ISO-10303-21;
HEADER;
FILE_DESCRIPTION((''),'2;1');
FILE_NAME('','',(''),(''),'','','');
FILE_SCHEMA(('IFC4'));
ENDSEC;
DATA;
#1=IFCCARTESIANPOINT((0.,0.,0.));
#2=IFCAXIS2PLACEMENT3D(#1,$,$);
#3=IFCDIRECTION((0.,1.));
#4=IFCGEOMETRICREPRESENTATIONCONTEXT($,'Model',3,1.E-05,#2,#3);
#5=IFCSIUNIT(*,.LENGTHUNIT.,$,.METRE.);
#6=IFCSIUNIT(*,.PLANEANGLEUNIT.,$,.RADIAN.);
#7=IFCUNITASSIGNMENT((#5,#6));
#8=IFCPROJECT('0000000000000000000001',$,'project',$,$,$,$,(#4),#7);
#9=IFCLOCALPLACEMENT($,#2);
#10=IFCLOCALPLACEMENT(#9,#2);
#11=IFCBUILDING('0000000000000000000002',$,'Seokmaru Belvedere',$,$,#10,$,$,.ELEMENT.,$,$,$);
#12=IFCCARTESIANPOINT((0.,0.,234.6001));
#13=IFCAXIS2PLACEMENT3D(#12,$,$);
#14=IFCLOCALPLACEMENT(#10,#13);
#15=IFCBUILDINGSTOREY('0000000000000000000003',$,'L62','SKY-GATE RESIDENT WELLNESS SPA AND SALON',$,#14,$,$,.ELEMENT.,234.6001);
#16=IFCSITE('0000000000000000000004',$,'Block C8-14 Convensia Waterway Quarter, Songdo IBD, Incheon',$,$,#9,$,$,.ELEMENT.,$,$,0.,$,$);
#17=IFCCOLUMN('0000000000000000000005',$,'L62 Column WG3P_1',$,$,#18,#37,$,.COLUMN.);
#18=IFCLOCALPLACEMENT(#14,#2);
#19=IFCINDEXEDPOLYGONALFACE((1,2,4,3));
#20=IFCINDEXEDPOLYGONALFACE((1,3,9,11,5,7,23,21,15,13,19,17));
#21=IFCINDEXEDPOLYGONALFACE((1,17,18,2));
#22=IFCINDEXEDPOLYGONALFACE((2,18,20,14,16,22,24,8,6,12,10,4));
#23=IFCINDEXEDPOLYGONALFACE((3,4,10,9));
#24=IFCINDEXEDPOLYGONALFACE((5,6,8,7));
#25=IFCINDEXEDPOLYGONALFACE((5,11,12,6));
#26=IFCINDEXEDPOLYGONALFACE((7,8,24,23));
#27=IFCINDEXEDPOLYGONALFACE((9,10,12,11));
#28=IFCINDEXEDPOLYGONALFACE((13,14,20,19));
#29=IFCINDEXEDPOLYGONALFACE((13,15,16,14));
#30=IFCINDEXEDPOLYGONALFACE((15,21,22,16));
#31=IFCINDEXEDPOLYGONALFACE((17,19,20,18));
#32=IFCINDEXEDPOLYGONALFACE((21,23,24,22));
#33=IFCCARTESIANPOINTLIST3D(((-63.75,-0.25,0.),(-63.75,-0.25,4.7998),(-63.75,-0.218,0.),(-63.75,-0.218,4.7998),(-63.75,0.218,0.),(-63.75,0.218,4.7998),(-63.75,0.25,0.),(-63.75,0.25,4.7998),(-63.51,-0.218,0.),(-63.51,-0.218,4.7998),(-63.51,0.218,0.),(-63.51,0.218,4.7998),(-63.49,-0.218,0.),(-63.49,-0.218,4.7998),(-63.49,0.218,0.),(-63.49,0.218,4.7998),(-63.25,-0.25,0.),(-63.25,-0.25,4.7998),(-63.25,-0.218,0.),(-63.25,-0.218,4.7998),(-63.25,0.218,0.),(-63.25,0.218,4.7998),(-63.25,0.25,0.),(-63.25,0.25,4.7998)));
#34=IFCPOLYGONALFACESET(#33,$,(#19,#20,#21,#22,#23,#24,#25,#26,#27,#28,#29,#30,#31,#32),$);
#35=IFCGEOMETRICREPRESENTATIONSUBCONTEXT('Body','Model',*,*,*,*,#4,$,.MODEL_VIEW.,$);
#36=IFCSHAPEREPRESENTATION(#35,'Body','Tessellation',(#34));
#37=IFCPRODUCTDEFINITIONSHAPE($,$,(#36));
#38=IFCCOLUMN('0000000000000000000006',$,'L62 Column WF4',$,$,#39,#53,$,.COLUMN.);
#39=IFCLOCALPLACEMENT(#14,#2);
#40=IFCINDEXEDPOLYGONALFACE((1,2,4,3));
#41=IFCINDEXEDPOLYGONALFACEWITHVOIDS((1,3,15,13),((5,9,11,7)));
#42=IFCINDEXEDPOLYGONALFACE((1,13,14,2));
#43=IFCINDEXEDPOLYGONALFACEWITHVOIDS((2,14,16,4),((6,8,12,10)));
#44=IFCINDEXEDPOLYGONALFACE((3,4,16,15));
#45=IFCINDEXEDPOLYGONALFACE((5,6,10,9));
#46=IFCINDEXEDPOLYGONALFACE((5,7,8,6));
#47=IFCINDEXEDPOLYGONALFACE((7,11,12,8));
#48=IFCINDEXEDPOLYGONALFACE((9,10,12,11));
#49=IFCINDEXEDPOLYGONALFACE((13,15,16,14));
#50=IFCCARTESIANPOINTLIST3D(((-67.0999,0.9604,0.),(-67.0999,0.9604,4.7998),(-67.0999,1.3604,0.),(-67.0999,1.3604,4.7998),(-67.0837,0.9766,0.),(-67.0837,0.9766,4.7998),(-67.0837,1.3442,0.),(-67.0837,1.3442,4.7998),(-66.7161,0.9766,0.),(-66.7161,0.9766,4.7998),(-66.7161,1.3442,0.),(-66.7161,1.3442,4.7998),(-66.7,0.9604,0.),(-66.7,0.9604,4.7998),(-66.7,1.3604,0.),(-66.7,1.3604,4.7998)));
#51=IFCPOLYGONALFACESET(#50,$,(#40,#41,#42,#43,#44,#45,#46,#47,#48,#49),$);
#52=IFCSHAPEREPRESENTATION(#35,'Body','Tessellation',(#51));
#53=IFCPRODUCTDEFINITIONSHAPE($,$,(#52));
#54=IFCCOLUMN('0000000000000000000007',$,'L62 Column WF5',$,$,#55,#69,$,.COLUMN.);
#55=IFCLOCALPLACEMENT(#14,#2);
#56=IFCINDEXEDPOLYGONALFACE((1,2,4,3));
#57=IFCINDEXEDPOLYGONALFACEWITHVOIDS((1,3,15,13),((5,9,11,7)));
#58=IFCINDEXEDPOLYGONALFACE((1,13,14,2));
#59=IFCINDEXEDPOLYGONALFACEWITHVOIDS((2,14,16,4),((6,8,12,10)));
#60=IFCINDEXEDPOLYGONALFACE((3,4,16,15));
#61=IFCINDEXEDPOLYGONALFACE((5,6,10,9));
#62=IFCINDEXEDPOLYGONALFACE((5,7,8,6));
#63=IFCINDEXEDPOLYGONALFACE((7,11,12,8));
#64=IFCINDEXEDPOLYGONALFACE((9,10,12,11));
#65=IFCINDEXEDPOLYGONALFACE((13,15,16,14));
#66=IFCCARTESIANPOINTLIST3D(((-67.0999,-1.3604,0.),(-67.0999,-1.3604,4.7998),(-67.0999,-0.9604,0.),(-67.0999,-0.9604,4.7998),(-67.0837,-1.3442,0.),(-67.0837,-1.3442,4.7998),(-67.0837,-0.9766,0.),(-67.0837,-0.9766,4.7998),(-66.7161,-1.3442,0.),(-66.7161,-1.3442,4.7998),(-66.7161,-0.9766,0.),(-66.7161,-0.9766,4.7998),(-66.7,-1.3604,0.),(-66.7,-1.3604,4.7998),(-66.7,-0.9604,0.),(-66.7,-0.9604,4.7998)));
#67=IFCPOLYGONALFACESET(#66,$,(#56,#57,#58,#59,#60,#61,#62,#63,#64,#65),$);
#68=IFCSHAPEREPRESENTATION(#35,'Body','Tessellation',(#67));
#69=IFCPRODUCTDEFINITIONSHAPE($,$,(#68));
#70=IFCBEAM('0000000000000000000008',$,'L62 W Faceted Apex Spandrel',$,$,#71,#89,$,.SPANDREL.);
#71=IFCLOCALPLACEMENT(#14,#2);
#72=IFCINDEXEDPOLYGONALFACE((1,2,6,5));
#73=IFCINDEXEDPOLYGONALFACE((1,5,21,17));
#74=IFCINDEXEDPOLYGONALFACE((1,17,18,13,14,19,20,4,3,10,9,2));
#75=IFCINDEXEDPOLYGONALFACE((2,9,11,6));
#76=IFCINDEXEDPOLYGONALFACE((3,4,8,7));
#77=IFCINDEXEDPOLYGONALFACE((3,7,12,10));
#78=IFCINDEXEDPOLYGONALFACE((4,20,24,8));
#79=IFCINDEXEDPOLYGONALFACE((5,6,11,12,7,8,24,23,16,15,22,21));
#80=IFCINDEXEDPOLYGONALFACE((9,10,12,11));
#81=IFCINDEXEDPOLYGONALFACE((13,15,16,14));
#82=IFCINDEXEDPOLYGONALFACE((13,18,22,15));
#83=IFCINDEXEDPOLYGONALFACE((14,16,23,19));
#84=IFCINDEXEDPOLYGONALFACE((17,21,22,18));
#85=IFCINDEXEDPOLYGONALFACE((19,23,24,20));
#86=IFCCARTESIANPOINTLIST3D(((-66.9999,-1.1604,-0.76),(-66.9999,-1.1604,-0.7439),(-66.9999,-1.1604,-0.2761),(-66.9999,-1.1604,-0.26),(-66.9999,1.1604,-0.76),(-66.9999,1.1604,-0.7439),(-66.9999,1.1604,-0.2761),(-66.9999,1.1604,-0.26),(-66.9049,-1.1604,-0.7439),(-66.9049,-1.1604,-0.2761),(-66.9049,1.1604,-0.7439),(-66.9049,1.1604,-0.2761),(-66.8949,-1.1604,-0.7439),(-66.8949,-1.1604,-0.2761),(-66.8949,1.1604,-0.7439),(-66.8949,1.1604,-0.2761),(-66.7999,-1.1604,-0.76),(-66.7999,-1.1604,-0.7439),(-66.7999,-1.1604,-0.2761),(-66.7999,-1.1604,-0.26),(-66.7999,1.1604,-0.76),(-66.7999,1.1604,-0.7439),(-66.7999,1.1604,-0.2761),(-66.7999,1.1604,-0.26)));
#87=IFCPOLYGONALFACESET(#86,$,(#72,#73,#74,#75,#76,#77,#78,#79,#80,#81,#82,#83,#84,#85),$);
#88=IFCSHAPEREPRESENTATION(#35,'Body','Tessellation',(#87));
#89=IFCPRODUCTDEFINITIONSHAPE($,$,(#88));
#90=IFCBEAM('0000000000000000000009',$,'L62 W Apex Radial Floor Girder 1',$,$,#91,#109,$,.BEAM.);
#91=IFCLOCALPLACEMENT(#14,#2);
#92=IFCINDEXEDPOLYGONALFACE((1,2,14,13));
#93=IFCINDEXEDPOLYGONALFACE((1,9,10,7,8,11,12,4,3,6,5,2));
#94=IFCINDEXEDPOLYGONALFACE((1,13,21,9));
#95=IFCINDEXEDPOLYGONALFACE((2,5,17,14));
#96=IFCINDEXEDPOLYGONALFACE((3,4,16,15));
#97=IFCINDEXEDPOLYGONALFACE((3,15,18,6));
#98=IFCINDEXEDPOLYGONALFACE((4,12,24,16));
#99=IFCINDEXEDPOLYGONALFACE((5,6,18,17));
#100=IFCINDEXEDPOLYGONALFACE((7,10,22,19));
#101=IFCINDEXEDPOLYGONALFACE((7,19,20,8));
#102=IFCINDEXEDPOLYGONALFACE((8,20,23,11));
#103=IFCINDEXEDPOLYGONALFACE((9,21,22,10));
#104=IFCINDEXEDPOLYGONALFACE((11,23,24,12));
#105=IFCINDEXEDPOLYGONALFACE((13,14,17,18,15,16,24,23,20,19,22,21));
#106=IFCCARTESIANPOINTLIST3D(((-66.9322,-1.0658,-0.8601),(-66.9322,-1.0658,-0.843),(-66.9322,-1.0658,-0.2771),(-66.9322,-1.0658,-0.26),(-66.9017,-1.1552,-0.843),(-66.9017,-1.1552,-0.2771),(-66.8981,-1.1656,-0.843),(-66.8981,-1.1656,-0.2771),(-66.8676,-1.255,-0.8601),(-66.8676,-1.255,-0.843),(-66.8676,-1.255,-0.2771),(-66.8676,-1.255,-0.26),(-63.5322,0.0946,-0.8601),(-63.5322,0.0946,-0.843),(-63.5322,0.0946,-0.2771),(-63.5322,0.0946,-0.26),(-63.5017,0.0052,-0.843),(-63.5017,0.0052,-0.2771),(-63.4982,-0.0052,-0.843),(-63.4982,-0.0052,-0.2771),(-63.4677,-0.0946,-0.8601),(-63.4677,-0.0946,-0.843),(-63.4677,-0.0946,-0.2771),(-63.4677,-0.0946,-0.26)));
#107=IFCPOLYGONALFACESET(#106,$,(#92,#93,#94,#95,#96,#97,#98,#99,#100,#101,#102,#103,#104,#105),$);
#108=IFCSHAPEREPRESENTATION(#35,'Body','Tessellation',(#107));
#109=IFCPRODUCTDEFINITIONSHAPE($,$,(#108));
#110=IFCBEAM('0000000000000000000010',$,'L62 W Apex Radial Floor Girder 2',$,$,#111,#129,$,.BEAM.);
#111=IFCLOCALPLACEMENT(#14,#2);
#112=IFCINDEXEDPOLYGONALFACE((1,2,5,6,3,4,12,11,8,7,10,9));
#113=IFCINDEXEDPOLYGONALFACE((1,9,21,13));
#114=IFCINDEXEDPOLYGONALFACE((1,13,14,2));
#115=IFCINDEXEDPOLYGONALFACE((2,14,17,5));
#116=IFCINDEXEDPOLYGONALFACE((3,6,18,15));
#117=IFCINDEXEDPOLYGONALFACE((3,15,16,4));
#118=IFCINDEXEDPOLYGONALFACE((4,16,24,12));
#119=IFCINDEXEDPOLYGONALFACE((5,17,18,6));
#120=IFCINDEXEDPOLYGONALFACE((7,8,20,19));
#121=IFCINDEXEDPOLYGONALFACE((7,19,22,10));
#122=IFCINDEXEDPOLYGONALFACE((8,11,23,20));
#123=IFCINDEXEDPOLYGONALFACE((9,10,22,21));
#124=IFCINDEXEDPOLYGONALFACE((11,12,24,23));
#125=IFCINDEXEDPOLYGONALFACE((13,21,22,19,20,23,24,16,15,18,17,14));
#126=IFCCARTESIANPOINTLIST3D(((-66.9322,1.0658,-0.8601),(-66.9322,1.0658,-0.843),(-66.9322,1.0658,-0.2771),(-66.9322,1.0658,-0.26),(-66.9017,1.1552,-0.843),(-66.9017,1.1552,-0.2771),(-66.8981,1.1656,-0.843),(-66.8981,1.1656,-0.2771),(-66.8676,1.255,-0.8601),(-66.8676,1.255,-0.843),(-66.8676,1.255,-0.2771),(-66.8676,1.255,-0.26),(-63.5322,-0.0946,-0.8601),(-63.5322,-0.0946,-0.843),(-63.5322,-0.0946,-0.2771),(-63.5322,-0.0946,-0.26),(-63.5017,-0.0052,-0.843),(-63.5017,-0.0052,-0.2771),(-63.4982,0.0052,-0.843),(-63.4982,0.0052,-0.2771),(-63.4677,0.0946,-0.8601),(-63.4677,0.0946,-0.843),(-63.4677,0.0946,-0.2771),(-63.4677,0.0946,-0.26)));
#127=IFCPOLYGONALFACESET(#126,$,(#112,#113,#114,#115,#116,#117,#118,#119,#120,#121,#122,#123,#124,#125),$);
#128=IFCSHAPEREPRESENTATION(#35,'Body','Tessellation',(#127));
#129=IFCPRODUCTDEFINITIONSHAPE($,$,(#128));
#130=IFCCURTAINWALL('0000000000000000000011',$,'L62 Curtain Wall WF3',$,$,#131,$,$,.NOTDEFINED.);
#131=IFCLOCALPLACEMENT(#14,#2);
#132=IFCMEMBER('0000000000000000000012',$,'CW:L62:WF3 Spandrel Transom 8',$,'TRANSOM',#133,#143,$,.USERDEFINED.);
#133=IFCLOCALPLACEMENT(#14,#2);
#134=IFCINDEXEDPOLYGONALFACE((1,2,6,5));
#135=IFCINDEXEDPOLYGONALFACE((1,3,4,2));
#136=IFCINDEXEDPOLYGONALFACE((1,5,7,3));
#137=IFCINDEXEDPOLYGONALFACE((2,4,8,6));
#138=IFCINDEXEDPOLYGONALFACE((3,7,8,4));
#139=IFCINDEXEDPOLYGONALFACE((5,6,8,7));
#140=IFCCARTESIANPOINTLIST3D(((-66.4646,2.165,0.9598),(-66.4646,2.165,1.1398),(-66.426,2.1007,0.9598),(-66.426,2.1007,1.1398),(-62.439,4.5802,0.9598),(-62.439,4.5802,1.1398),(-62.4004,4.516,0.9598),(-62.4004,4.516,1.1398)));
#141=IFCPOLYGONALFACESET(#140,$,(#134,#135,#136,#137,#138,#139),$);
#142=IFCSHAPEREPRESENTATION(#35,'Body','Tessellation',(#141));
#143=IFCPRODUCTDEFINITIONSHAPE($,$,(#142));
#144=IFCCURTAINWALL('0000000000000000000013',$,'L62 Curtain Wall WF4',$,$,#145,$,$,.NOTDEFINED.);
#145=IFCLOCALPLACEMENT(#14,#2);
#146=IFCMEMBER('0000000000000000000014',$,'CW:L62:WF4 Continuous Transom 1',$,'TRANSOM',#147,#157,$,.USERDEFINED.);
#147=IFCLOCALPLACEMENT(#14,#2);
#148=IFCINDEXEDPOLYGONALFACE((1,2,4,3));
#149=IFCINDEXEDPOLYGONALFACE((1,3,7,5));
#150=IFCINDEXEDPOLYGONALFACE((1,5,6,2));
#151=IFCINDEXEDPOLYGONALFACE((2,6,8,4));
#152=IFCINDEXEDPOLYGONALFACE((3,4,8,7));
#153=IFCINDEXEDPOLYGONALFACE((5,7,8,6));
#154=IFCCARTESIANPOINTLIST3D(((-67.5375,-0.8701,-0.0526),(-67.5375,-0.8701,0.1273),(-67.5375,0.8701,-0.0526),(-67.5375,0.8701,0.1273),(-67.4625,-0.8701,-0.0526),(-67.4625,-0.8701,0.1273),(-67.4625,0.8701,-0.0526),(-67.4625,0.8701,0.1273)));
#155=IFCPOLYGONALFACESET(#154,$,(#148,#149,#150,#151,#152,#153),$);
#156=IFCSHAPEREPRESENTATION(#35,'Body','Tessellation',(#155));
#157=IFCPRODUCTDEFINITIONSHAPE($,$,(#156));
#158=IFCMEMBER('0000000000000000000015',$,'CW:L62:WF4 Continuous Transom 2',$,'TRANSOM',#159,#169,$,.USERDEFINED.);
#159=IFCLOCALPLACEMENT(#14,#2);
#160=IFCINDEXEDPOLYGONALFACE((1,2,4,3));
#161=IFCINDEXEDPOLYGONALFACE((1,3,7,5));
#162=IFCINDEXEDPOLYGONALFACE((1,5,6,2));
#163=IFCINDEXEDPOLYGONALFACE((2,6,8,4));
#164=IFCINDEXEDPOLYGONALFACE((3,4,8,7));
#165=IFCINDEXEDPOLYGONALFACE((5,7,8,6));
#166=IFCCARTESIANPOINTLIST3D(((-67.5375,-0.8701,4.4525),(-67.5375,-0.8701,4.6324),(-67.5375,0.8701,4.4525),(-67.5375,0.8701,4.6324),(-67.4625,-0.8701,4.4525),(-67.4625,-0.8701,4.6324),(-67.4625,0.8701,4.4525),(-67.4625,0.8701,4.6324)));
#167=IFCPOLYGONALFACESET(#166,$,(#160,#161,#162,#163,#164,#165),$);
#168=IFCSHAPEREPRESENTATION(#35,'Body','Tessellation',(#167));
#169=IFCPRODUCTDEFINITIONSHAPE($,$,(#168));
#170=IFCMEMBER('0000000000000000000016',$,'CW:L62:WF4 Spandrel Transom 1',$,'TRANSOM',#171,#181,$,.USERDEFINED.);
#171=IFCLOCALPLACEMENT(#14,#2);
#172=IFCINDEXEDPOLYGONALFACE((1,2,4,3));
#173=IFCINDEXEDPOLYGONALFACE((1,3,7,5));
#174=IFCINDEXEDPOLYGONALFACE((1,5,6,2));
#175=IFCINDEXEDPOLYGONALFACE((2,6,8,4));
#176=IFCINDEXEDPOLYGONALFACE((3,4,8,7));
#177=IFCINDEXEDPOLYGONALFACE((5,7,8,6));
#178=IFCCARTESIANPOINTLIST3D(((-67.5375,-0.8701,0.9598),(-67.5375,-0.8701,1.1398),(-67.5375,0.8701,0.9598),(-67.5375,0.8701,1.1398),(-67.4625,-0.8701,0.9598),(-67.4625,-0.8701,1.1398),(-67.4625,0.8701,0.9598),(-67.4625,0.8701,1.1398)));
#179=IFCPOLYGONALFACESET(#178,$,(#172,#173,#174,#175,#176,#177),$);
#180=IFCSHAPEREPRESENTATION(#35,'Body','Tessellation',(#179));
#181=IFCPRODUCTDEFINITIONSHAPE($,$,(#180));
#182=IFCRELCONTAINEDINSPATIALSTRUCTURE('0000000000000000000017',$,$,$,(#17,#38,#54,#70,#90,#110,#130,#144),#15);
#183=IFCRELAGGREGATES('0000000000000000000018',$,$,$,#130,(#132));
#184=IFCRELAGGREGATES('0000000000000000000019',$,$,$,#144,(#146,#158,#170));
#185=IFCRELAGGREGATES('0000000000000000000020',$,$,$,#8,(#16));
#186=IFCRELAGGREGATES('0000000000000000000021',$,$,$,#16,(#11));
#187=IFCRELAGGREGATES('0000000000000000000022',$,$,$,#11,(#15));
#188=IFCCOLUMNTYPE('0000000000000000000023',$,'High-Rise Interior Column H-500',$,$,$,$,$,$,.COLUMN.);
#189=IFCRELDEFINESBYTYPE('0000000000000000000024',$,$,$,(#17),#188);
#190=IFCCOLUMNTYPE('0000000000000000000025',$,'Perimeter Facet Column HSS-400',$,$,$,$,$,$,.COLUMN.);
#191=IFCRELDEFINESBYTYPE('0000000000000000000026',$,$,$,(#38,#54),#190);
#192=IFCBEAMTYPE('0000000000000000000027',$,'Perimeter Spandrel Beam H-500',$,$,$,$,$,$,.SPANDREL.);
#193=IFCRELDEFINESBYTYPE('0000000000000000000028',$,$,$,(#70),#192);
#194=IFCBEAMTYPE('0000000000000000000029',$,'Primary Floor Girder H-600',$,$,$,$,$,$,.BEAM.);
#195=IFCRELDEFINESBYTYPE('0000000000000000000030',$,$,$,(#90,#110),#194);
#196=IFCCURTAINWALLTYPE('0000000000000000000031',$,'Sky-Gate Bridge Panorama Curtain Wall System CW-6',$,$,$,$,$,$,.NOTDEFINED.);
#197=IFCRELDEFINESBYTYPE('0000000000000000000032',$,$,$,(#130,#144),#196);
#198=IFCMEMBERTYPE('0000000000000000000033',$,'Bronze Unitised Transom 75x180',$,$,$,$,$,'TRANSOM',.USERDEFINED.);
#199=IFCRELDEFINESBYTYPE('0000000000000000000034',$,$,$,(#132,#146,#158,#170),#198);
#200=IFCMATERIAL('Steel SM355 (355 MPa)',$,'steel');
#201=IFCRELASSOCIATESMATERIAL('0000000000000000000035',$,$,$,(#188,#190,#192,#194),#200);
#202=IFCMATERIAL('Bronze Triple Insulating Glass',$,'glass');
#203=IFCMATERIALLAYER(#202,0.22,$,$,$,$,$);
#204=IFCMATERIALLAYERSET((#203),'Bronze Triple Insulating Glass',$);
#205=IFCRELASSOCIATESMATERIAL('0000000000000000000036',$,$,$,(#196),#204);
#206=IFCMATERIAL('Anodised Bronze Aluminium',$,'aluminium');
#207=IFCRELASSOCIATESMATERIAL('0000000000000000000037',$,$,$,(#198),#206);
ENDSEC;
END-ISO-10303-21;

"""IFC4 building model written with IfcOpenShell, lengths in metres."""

from ifc_helpers import new_model, si_unit, direction, frame, origin, origin_2d, place, context, subcontext, project, spatial, rectangle, hollow_rectangle, i_section, extrude, source, transform, mapped, material, layer, layer_set, material_profile, profile_set, type_object, type_shapes, element, aggregate, save


model = new_model("IFC4")

# Units and contexts
model_context = context("Model", 3, precision=1e-05, world=origin(), true_north=direction((0.0, 1.0)))
body_context = subcontext(model_context, "Body", "Model", "MODEL_VIEW")
ifc_project = project(units=[si_unit("LENGTHUNIT", "METRE"), si_unit("PLANEANGLEUNIT", "RADIAN")], contexts=[model_context])

# Site, building, storey
site_placement = place(None, origin())
site = spatial("IfcSite", under=ifc_project, at=site_placement, Name="Block C8-14 Convensia Waterway Quarter, Songdo IBD, Incheon", CompositionType="ELEMENT", RefElevation=0.0)
building_placement = place(site_placement, origin())
building = spatial("IfcBuilding", under=site, at=building_placement, Name="Seokmaru Belvedere", CompositionType="ELEMENT")
storey_placement = place(building_placement, frame((0.0, 0.0, 234.6001)))
storey = spatial("IfcBuildingStorey", under=building, at=storey_placement, Name="L62", Description="SKY-GATE RESIDENT WELLNESS SPA AND SALON", CompositionType="ELEMENT", Elevation=234.6001)

# Columns
ifc_material_1 = material(Name="Steel SM355 (355 MPa)", Category="steel")
ifc_material_profile_1 = material_profile(ifc_material_1, i_section(OverallWidth=0.5, OverallDepth=0.5, WebThickness=0.02, FlangeThickness=0.032, at=origin_2d()), Name="H-500x500x20x32")
ifc_profile_set_1 = profile_set([ifc_material_profile_1], Name="Steel SM355 (355 MPa)")
column_type_1 = type_object("IfcColumnType", Name="High-Rise Interior Column H-500", PredefinedType="COLUMN", material=ifc_profile_set_1)
shared_shape_1 = source(origin(), body_context, "Body", "SweptSolid", [
    extrude(i_section(OverallWidth=0.5, OverallDepth=0.5, WebThickness=0.02, FlangeThickness=0.032, at=origin_2d()), origin(), (0.0, 0.0, 1.0), 4.7998),
])
type_shapes(column_type_1, [shared_shape_1])
column_placement = place(storey_placement, frame((-63.5, 0.0, 0.0), z_axis=(0.0, 0.0, 1.0), x_axis=(1.0, 0.0, 0.0)))
element("IfcColumn", 1, at=column_placement, inside=storey, type_object=column_type_1, Name="L62 Column WG3P_1", PredefinedType="COLUMN", context=body_context, shape_type="MappedRepresentation", body=[
    mapped(shared_shape_1, transform((0.0, 0.0, 0.0), scale=1.0)),
])
ifc_material_profile_2 = material_profile(ifc_material_1, hollow_rectangle(XDim=0.3999, YDim=0.3999, WallThickness=0.0161, at=origin_2d()), Name="HSS-400x400x16")
ifc_profile_set_2 = profile_set([ifc_material_profile_2], Name="Steel SM355 (355 MPa)")
column_type_2 = type_object("IfcColumnType", Name="Perimeter Facet Column HSS-400", PredefinedType="COLUMN", material=ifc_profile_set_2)
shared_shape_2 = source(origin(), body_context, "Body", "SweptSolid", [
    extrude(hollow_rectangle(XDim=0.3999, YDim=0.3999, WallThickness=0.0161, at=origin_2d()), origin(), (0.0, 0.0, 1.0), 4.7998),
])
type_shapes(column_type_2, [shared_shape_2])
for number, where, z_axis, x_axis, name in (
    (2, (-66.8999, 1.1604, 0.0), (0.0, 0.0, 1.0), (1.0, 0.0, 0.0), "L62 Column WF4"),
    (3, (-66.8999, -1.1604, 0.0), (0.0, 0.0, 1.0), (1.0, 0.0, 0.0), "L62 Column WF5"),
):
    element("IfcColumn", number, at=place(storey_placement, frame(where, z_axis=z_axis, x_axis=x_axis)), inside=storey, type_object=column_type_2, Name=name, PredefinedType="COLUMN", context=body_context, shape_type="MappedRepresentation", body=[
        mapped(shared_shape_2, transform((0.0, 0.0, 0.0), scale=1.0)),
    ])

# Beams
ifc_material_profile_3 = material_profile(ifc_material_1, i_section(OverallWidth=0.2, OverallDepth=0.5, WebThickness=0.01, FlangeThickness=0.0161, at=origin_2d()), Name="H-500x200x10x16")
ifc_profile_set_3 = profile_set([ifc_material_profile_3], Name="Steel SM355 (355 MPa)")
beam_type_1 = type_object("IfcBeamType", Name="Perimeter Spandrel Beam H-500", PredefinedType="SPANDREL", material=ifc_profile_set_3)
shared_shape_3 = source(origin(), body_context, "Body", "SweptSolid", [
    extrude(i_section(OverallWidth=0.2, OverallDepth=0.5, WebThickness=0.01, FlangeThickness=0.0161, at=origin_2d()), origin(), (0.0, 0.0, 1.0), 2.3208),
])
type_shapes(beam_type_1, [shared_shape_3])
beam_placement = place(storey_placement, frame((-66.8999, -1.1604, -0.51), z_axis=(0.0, 1.0, 0.0), x_axis=(-1.0, 0.0, 0.0)))
element("IfcBeam", 4, at=beam_placement, inside=storey, type_object=beam_type_1, Name="L62 W Faceted Apex Spandrel", PredefinedType="SPANDREL", context=body_context, shape_type="MappedRepresentation", body=[
    mapped(shared_shape_3, transform((0.0, 0.0, 0.0), scale=1.0)),
])
ifc_material_profile_4 = material_profile(ifc_material_1, i_section(OverallWidth=0.2, OverallDepth=0.6001, WebThickness=0.011, FlangeThickness=0.0171, at=origin_2d()), Name="H-600x200x11x17")
ifc_profile_set_4 = profile_set([ifc_material_profile_4], Name="Steel SM355 (355 MPa)")
beam_type_2 = type_object("IfcBeamType", Name="Primary Floor Girder H-600", PredefinedType="BEAM", material=ifc_profile_set_4)
shared_shape_4 = source(origin(), body_context, "Body", "SweptSolid", [
    extrude(i_section(OverallWidth=0.2, OverallDepth=0.6001, WebThickness=0.011, FlangeThickness=0.0171, at=origin_2d()), origin(), (0.0, 0.0, 1.0), 3.5925),
])
type_shapes(beam_type_2, [shared_shape_4])
for number, where, z_axis, x_axis, name in (
    (5, (-66.8999, -1.1604, -0.5601), (0.946396, 0.323009, 0.0), (-0.323009, 0.946396, 0.0), "L62 W Apex Radial Floor Girder 1"),
    (6, (-66.8999, 1.1604, -0.5601), (0.946396, -0.323009, 0.0), (0.323009, 0.946396, 0.0), "L62 W Apex Radial Floor Girder 2"),
):
    element("IfcBeam", number, at=place(storey_placement, frame(where, z_axis=z_axis, x_axis=x_axis)), inside=storey, type_object=beam_type_2, Name=name, PredefinedType="BEAM", context=body_context, shape_type="MappedRepresentation", body=[
        mapped(shared_shape_4, transform((0.0, 0.0, 0.0), scale=1.0)),
    ])

# Curtain wall, member
ifc_material_2 = material(Name="Bronze Triple Insulating Glass", Category="glass")
ifc_layer_1 = layer(ifc_material_2, 0.22)
ifc_layer_set_1 = layer_set([ifc_layer_1], Name="Bronze Triple Insulating Glass")
curtain_wall_type = type_object("IfcCurtainWallType", Name="Sky-Gate Bridge Panorama Curtain Wall System CW-6", PredefinedType="NOTDEFINED", material=ifc_layer_set_1)
curtain_wall_1_placement = place(storey_placement, origin())
curtain_wall_1 = element("IfcCurtainWall", 7, at=curtain_wall_1_placement, inside=storey, type_object=curtain_wall_type, Name="L62 Curtain Wall WF3", PredefinedType="NOTDEFINED")
ifc_material_3 = material(Name="Anodised Bronze Aluminium", Category="aluminium")
ifc_material_profile_5 = material_profile(ifc_material_3, rectangle(XDim=0.075, YDim=0.1799, at=origin_2d()), Name="CW-T-75x180")
ifc_profile_set_5 = profile_set([ifc_material_profile_5], Name="Anodised Bronze Aluminium")
member_type_1 = type_object("IfcMemberType", Name="Bronze Unitised Transom 75x180", ElementType="TRANSOM", PredefinedType="USERDEFINED", material=ifc_profile_set_5)
shared_shape_5 = source(origin(), body_context, "Body", "SweptSolid", [
    extrude(rectangle(XDim=0.075, YDim=0.1799, at=origin_2d()), origin(), (0.0, 0.0, 1.0), 4.6946),
])
member_1_placement = place(storey_placement, frame((-62.4197, 4.5481, 1.0498), z_axis=(-0.857502, -0.51448, 0.0), x_axis=(0.51448, -0.857502, 0.0)))
member_1 = element("IfcMember", 8, at=member_1_placement, type_object=member_type_1, Name="CW:L62:WF3 Spandrel Transom 8", ObjectType="TRANSOM", PredefinedType="USERDEFINED", context=body_context, shape_type="MappedRepresentation", body=[
    mapped(shared_shape_5, transform((0.0, 0.0, 0.0), scale=1.0)),
])

# Curtain wall, members
curtain_wall_2_placement = place(storey_placement, origin())
curtain_wall_2 = element("IfcCurtainWall", 9, at=curtain_wall_2_placement, inside=storey, type_object=curtain_wall_type, Name="L62 Curtain Wall WF4", PredefinedType="NOTDEFINED")
shared_shape_6 = source(origin(), body_context, "Body", "SweptSolid", [
    extrude(rectangle(XDim=0.075, YDim=0.1799, at=origin_2d()), origin(), (0.0, 0.0, 1.0), 1.7402),
])
type_shapes(member_type_1, [shared_shape_5, shared_shape_6])
member_2_placement = place(storey_placement, frame((-67.5, 0.8701, 0.0374), z_axis=(0.0, -1.0, 0.0), x_axis=(1.0, 0.0, 0.0)))
member_2 = element("IfcMember", 10, at=member_2_placement, type_object=member_type_1, Name="CW:L62:WF4 Continuous Transom 1", ObjectType="TRANSOM", PredefinedType="USERDEFINED", context=body_context, shape_type="MappedRepresentation", body=[
    mapped(shared_shape_6, transform((0.0, 0.0, 0.0), scale=1.0)),
])
member_3_placement = place(storey_placement, frame((-67.5, 0.8701, 4.5425), z_axis=(0.0, -1.0, 0.0), x_axis=(1.0, 0.0, 0.0)))
member_3 = element("IfcMember", 11, at=member_3_placement, type_object=member_type_1, Name="CW:L62:WF4 Continuous Transom 2", ObjectType="TRANSOM", PredefinedType="USERDEFINED", context=body_context, shape_type="MappedRepresentation", body=[
    mapped(shared_shape_6, transform((0.0, 0.0, 0.0), scale=1.0)),
])
member_4_placement = place(storey_placement, frame((-67.5, 0.8701, 1.0498), z_axis=(0.0, -1.0, 0.0), x_axis=(1.0, 0.0, 0.0)))
member_4 = element("IfcMember", 12, at=member_4_placement, type_object=member_type_1, Name="CW:L62:WF4 Spandrel Transom 1", ObjectType="TRANSOM", PredefinedType="USERDEFINED", context=body_context, shape_type="MappedRepresentation", body=[
    mapped(shared_shape_6, transform((0.0, 0.0, 0.0), scale=1.0)),
])

aggregate(curtain_wall_1, [member_1])
aggregate(curtain_wall_2, [member_2, member_3, member_4])

save(model, "model.ifc")
